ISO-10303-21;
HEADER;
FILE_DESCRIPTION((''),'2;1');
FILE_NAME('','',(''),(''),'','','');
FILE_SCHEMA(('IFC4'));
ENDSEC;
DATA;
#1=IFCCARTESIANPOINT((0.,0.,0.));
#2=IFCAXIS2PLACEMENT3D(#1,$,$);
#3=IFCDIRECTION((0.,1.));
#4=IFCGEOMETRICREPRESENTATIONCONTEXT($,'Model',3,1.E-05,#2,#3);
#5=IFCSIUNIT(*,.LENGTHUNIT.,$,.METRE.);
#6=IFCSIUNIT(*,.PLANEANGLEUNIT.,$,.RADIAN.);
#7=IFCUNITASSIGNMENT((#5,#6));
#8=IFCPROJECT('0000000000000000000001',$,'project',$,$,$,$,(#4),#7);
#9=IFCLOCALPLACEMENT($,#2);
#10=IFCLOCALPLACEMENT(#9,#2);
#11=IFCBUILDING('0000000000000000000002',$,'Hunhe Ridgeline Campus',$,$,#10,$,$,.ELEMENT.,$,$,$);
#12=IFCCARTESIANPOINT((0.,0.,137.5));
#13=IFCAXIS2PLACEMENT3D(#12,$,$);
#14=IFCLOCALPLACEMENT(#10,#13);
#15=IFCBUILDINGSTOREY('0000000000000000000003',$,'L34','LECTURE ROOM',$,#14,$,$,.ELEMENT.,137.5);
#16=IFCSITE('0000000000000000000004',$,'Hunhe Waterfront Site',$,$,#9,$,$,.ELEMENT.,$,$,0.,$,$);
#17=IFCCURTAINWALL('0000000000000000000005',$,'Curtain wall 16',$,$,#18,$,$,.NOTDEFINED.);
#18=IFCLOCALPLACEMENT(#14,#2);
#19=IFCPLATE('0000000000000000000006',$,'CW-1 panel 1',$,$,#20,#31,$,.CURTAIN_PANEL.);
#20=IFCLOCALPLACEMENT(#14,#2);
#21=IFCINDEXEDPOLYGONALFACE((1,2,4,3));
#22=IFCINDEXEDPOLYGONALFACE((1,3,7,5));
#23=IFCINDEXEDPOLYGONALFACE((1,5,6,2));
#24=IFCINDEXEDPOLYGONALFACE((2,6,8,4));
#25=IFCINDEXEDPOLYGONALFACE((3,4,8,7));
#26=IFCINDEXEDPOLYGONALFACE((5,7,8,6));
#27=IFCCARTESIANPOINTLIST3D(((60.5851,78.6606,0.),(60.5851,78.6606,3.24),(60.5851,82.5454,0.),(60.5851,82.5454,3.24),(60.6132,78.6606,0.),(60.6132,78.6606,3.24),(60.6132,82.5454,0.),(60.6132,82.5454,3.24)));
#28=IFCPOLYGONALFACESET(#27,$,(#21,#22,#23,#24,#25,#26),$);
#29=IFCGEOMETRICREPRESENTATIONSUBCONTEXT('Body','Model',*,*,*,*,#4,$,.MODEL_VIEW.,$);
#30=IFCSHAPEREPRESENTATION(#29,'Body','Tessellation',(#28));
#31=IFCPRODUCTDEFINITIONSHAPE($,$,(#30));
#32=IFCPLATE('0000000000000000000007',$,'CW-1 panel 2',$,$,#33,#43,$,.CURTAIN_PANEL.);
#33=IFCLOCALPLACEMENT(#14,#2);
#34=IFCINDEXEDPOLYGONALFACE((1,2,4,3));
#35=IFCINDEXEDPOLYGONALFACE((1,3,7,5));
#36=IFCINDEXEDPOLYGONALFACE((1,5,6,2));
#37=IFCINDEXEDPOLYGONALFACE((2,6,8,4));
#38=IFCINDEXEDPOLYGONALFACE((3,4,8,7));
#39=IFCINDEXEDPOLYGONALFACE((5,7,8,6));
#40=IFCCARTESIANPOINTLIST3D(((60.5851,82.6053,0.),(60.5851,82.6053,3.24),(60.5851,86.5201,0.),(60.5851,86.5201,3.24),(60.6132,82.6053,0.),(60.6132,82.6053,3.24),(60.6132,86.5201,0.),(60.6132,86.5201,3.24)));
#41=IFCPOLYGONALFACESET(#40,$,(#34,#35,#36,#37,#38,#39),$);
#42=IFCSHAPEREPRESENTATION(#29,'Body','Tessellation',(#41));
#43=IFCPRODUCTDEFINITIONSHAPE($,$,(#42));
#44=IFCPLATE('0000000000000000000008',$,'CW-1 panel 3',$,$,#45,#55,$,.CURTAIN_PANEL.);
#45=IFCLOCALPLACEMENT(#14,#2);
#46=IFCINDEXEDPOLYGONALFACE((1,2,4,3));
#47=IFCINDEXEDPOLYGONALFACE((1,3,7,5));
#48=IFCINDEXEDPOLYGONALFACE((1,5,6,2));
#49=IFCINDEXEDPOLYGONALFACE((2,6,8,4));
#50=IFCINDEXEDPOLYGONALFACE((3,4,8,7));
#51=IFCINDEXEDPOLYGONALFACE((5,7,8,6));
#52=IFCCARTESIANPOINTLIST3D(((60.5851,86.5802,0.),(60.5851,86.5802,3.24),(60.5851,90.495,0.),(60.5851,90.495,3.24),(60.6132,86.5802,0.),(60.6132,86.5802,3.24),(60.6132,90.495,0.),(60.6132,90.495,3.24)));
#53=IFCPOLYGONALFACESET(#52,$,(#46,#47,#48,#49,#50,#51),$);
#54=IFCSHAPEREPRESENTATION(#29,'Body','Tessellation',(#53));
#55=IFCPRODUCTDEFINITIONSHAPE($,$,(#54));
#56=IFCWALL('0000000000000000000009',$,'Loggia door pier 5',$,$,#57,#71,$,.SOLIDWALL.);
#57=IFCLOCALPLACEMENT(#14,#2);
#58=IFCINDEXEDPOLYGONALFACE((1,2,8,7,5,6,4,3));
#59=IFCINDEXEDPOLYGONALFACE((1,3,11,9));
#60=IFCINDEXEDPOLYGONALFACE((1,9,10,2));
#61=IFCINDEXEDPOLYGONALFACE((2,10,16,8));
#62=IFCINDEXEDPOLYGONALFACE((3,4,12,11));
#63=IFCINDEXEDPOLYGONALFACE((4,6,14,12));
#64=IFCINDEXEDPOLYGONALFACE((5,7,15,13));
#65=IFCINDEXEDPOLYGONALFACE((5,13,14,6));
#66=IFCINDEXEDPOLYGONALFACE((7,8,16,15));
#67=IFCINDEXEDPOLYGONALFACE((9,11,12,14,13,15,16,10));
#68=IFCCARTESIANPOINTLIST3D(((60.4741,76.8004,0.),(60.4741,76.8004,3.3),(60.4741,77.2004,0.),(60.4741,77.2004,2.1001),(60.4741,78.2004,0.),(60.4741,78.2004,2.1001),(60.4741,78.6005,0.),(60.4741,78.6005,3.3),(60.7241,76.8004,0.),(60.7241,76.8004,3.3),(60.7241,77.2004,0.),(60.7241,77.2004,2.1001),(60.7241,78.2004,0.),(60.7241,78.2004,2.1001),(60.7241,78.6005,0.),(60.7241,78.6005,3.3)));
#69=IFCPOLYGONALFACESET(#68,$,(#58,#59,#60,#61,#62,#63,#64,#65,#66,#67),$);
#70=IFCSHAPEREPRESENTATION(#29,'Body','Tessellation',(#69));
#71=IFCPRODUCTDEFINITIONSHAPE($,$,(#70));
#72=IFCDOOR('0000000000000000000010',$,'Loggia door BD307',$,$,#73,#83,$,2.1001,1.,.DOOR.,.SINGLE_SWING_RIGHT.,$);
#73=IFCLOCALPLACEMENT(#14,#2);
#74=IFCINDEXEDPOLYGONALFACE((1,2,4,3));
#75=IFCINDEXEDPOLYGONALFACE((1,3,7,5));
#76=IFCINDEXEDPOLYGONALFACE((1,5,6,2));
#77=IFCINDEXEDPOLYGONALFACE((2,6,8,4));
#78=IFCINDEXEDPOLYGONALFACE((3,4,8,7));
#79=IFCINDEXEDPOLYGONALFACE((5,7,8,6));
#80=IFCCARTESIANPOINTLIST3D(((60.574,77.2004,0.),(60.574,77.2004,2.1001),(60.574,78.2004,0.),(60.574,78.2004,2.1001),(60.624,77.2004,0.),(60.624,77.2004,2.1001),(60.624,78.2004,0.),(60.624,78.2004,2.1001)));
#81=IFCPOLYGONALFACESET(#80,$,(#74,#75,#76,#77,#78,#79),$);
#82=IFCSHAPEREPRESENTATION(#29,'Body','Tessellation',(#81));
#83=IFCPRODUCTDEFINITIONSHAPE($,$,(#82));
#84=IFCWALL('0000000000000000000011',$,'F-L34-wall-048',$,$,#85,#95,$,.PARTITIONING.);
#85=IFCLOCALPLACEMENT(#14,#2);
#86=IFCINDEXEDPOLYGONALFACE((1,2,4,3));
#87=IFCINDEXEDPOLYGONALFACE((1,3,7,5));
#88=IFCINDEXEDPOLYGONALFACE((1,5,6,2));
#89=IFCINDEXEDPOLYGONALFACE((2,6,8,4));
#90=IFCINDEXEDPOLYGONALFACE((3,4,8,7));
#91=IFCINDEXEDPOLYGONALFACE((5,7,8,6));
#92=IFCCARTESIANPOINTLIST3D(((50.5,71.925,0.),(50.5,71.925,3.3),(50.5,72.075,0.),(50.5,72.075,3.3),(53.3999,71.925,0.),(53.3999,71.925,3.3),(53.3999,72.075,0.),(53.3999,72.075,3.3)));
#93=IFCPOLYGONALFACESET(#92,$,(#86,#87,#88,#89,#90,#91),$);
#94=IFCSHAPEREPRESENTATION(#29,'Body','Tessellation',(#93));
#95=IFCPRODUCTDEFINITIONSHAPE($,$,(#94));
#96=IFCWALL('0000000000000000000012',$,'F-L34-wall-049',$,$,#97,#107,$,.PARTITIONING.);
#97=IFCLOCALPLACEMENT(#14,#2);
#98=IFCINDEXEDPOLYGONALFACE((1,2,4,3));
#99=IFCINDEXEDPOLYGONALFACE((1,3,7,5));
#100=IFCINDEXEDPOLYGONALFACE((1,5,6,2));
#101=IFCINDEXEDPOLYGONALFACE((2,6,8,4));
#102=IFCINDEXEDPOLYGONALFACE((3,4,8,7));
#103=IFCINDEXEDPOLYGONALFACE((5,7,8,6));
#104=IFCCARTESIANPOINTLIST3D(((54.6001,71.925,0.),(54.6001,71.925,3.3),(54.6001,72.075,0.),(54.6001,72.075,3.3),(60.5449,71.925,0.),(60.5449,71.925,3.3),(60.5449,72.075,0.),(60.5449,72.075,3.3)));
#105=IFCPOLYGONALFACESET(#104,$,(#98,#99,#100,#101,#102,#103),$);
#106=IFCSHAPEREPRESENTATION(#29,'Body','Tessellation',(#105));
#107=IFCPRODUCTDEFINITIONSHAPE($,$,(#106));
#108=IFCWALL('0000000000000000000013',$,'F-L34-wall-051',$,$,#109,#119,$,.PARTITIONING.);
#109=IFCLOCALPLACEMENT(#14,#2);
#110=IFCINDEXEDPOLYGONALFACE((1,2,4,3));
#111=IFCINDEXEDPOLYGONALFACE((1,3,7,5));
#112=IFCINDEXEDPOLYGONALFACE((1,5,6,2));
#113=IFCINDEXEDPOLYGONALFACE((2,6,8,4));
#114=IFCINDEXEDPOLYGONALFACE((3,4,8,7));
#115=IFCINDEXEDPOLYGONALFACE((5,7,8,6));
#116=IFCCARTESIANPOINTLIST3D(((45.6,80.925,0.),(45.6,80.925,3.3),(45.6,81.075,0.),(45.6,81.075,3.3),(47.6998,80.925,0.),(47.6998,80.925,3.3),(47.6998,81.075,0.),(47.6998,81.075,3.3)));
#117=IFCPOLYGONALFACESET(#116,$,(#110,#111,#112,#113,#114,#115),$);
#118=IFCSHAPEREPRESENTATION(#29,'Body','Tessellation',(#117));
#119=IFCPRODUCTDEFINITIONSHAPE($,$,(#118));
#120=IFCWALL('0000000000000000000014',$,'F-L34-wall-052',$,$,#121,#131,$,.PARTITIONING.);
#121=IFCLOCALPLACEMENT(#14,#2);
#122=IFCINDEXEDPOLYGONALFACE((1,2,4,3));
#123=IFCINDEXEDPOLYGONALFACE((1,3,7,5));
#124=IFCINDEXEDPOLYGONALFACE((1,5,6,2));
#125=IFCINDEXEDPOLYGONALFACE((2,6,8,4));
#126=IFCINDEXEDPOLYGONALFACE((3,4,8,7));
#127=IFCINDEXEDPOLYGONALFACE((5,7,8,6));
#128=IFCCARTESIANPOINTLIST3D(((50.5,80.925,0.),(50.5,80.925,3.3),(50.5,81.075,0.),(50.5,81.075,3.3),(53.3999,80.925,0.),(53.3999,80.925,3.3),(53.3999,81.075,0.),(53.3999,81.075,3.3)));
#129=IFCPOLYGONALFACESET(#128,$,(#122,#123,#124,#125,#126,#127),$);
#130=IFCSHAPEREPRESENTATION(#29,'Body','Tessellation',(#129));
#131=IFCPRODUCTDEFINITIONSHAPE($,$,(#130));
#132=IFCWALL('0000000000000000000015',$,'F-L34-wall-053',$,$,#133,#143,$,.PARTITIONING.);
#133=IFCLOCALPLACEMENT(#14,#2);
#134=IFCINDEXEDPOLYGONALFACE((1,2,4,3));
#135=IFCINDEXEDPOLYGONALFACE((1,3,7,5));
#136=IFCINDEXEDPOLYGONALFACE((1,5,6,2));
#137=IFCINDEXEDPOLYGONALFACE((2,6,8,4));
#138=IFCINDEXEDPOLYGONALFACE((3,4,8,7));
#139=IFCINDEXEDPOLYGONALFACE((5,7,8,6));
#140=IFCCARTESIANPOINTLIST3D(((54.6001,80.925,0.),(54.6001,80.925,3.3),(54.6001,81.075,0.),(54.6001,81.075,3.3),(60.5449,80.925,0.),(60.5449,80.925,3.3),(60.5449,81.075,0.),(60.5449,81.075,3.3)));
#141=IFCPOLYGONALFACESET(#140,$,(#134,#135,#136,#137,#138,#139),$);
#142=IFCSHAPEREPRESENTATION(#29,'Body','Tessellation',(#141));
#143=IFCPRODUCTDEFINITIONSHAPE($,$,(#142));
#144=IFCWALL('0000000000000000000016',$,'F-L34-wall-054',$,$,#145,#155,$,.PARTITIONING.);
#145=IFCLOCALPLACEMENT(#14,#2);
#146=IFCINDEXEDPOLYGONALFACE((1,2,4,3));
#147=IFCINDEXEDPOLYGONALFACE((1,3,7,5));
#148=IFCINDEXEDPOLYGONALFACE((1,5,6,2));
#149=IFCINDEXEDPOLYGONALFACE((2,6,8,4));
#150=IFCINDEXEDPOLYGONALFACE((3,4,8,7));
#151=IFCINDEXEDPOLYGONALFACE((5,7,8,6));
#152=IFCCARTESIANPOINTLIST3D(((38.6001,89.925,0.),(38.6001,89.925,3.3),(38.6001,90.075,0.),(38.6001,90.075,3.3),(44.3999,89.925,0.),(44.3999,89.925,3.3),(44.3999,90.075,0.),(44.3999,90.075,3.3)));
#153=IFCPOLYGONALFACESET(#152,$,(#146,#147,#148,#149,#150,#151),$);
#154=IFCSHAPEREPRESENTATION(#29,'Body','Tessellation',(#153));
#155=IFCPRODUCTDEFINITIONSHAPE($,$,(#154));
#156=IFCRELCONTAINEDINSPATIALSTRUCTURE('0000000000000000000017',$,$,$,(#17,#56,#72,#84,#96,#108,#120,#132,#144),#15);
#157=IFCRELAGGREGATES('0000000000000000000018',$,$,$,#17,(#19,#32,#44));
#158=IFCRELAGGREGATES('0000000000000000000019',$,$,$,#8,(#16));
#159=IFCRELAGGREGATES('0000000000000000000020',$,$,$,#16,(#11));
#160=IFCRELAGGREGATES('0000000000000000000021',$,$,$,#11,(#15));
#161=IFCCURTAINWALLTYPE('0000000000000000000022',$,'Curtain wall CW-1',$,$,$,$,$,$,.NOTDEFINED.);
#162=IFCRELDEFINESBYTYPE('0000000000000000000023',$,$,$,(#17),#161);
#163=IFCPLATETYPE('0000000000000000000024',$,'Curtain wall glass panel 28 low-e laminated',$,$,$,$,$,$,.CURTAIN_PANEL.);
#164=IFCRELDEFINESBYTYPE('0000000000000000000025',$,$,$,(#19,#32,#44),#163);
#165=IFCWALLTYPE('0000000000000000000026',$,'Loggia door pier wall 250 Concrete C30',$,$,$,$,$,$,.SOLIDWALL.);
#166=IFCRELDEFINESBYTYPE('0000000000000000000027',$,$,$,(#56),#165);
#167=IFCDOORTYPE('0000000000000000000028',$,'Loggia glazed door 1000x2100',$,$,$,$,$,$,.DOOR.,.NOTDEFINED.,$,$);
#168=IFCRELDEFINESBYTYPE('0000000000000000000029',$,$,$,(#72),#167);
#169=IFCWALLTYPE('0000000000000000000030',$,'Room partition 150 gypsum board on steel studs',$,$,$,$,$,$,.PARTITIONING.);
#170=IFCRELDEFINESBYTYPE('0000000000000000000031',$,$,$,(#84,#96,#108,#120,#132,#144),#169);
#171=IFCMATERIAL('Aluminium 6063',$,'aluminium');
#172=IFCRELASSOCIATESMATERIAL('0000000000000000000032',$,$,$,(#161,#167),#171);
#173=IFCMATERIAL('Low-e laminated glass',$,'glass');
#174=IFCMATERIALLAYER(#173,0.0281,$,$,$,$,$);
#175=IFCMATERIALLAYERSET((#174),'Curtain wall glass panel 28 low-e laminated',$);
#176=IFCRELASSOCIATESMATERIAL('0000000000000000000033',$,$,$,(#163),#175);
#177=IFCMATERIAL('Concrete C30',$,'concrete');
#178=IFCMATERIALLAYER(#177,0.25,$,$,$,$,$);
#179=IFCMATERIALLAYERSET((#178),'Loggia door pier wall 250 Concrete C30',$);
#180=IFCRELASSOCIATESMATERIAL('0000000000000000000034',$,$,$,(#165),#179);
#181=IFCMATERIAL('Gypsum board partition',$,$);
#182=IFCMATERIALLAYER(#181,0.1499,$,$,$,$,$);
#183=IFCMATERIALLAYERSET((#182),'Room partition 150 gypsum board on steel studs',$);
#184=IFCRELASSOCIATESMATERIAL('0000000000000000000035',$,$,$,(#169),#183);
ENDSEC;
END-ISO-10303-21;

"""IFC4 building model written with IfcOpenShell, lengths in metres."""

from ifc_helpers import new_model, si_unit, direction, frame, frame_2d, origin, origin_2d, place, context, subcontext, project, spatial, rectangle, extrude, material, layer, layer_set, type_object, element, fill, aggregate, save


model = new_model("IFC4")

# Units and contexts
model_context = context("Model", 3, precision=1e-05, world=origin(), true_north=direction((0.0, 1.0)))
body_context = subcontext(model_context, "Body", "Model", "MODEL_VIEW")
ifc_project = project(units=[si_unit("LENGTHUNIT", "METRE"), si_unit("PLANEANGLEUNIT", "RADIAN")], contexts=[model_context])

# Site, building, storey
site_placement = place(None, origin())
site = spatial("IfcSite", under=ifc_project, at=site_placement, Name="Hunhe Waterfront Site", CompositionType="ELEMENT", RefElevation=0.0)
building_placement = place(site_placement, origin())
building = spatial("IfcBuilding", under=site, at=building_placement, Name="Hunhe Ridgeline Campus", CompositionType="ELEMENT")
storey_placement = place(building_placement, frame((0.0, 0.0, 137.5)))
storey = spatial("IfcBuildingStorey", under=building, at=storey_placement, Name="L34", Description="LECTURE ROOM", CompositionType="ELEMENT", Elevation=137.5)

# Curtain wall
ifc_material_1 = material(Name="Aluminium 6063", Category="aluminium")
curtain_wall_type = type_object("IfcCurtainWallType", Name="Curtain wall CW-1", PredefinedType="NOTDEFINED", material=ifc_material_1)
curtain_wall_1_placement = place(storey_placement, origin())
curtain_wall_1 = element("IfcCurtainWall", 1, at=curtain_wall_1_placement, inside=storey, type_object=curtain_wall_type, Name="Curtain wall 16", PredefinedType="NOTDEFINED")

# Plates
ifc_material_2 = material(Name="Low-e laminated glass", Category="glass")
ifc_layer_1 = layer(ifc_material_2, 0.0281)
ifc_layer_set_1 = layer_set([ifc_layer_1], Name="Curtain wall glass panel 28 low-e laminated")
plate_type = type_object("IfcPlateType", Name="Curtain wall glass panel 28 low-e laminated", PredefinedType="CURTAIN_PANEL", material=ifc_layer_set_1)
plate_1_placement = place(storey_placement, frame((60.5991, 80.603, 0.0), z_axis=(0.0, 0.0, 1.0), x_axis=(0.0, 1.0, 0.0)))
plate_1 = element("IfcPlate", 2, at=plate_1_placement, type_object=plate_type, Name="CW-1 panel 1", PredefinedType="CURTAIN_PANEL", context=body_context, shape_type="SweptSolid", body=[
    extrude(rectangle(XDim=3.8848, YDim=0.0281, at=origin_2d()), origin(), (0.0, 0.0, 1.0), 3.24),
])
plate_2_placement = place(storey_placement, frame((60.5991, 84.5627, 0.0), z_axis=(0.0, 0.0, 1.0), x_axis=(0.0, 1.0, 0.0)))
plate_2 = element("IfcPlate", 3, at=plate_2_placement, type_object=plate_type, Name="CW-1 panel 2", PredefinedType="CURTAIN_PANEL", context=body_context, shape_type="SweptSolid", body=[
    extrude(rectangle(XDim=3.9148, YDim=0.0281, at=origin_2d()), origin(), (0.0, 0.0, 1.0), 3.24),
])
plate_3_placement = place(storey_placement, frame((60.5991, 88.5376, 0.0), z_axis=(0.0, 0.0, 1.0), x_axis=(0.0, 1.0, 0.0)))
plate_3 = element("IfcPlate", 4, at=plate_3_placement, type_object=plate_type, Name="CW-1 panel 3", PredefinedType="CURTAIN_PANEL", context=body_context, shape_type="SweptSolid", body=[
    extrude(rectangle(XDim=3.9148, YDim=0.0281, at=origin_2d()), origin(), (0.0, 0.0, 1.0), 3.24),
])
aggregate(curtain_wall_1, [plate_1, plate_2, plate_3])

# Wall, opening, door
ifc_material_3 = material(Name="Concrete C30", Category="concrete")
ifc_layer_2 = layer(ifc_material_3, 0.25)
ifc_layer_set_2 = layer_set([ifc_layer_2], Name="Loggia door pier wall 250 Concrete C30")
wall_type_1 = type_object("IfcWallType", Name="Loggia door pier wall 250 Concrete C30", PredefinedType="SOLIDWALL", material=ifc_layer_set_2)
wall_1_placement = place(storey_placement, frame((60.5991, 76.8005, 0.0), z_axis=(0.0, 0.0, 1.0), x_axis=(0.0, 1.0, 0.0)))
wall_1 = element("IfcWall", 5, at=wall_1_placement, inside=storey, type_object=wall_type_1, Name="Loggia door pier 5", PredefinedType="SOLIDWALL", context=body_context, shape_type="SweptSolid", body=[
    extrude(rectangle(XDim=1.8, YDim=0.25, at=frame_2d((0.8999, 0.0))), origin(), (0.0, 0.0, 1.0), 3.3),
])
opening_placement = place(wall_1_placement, frame((0.3999, 0.0, 0.0)))
opening = element("IfcOpeningElement", 6, at=opening_placement, cuts=wall_1, PredefinedType="OPENING", context=body_context, shape_type="SweptSolid", body=[
    extrude(rectangle(XDim=1.0, YDim=2.1001, at=frame_2d((0.5, 1.05))), frame((0.0, 0.125, 0.0), z_axis=(0.0, -1.0, 0.0), x_axis=(1.0, 0.0, 0.0)), (0.0, 0.0, 1.0), 0.25),
])
door_type = type_object("IfcDoorType", Name="Loggia glazed door 1000x2100", OperationType="NOTDEFINED", PredefinedType="DOOR", material=ifc_material_1)
door_placement = place(opening_placement, frame((1.0, 0.0, 0.0), z_axis=(0.0, 0.0, 1.0), x_axis=(-1.0, 0.0, 0.0)))
door = element("IfcDoor", 7, at=door_placement, inside=storey, type_object=door_type, Name="Loggia door BD307", OperationType="SINGLE_SWING_RIGHT", OverallHeight=2.1001, OverallWidth=1.0, PredefinedType="DOOR", context=body_context, shape_type="SweptSolid", body=[
    extrude(rectangle(XDim=1.0, YDim=2.1001, at=frame_2d((0.5, 1.05))), frame((0.0, 0.0249, 0.0), z_axis=(0.0, -1.0, 0.0), x_axis=(1.0, 0.0, 0.0)), (0.0, 0.0, 1.0), 0.05),
])
fill(opening, door)

# Walls
ifc_material_4 = material(Name="Gypsum board partition")
ifc_layer_3 = layer(ifc_material_4, 0.1499)
ifc_layer_set_3 = layer_set([ifc_layer_3], Name="Room partition 150 gypsum board on steel studs")
wall_type_2 = type_object("IfcWallType", Name="Room partition 150 gypsum board on steel studs", PredefinedType="PARTITIONING", material=ifc_layer_set_3)
wall_2_placement = place(storey_placement, frame((50.5, 72.0, 0.0), z_axis=(0.0, 0.0, 1.0), x_axis=(1.0, 0.0, 0.0)))
element("IfcWall", 8, at=wall_2_placement, inside=storey, type_object=wall_type_2, Name="F-L34-wall-048", PredefinedType="PARTITIONING", context=body_context, shape_type="SweptSolid", body=[
    extrude(rectangle(XDim=2.8999, YDim=0.1499, at=frame_2d((1.45, 0.0))), origin(), (0.0, 0.0, 1.0), 3.3),
])
wall_3_placement = place(storey_placement, frame((54.6001, 72.0, 0.0), z_axis=(0.0, 0.0, 1.0), x_axis=(1.0, 0.0, 0.0)))
element("IfcWall", 9, at=wall_3_placement, inside=storey, type_object=wall_type_2, Name="F-L34-wall-049", PredefinedType="PARTITIONING", context=body_context, shape_type="SweptSolid", body=[
    extrude(rectangle(XDim=5.9448, YDim=0.1499, at=frame_2d((2.9724, 0.0))), origin(), (0.0, 0.0, 1.0), 3.3),
])
wall_4_placement = place(storey_placement, frame((45.6001, 81.0, 0.0), z_axis=(0.0, 0.0, 1.0), x_axis=(1.0, 0.0, 0.0)))
element("IfcWall", 10, at=wall_4_placement, inside=storey, type_object=wall_type_2, Name="F-L34-wall-051", PredefinedType="PARTITIONING", context=body_context, shape_type="SweptSolid", body=[
    extrude(rectangle(XDim=2.0999, YDim=0.1499, at=frame_2d((1.0498, 0.0))), origin(), (0.0, 0.0, 1.0), 3.3),
])
wall_5_placement = place(storey_placement, frame((50.5, 81.0, 0.0), z_axis=(0.0, 0.0, 1.0), x_axis=(1.0, 0.0, 0.0)))
element("IfcWall", 11, at=wall_5_placement, inside=storey, type_object=wall_type_2, Name="F-L34-wall-052", PredefinedType="PARTITIONING", context=body_context, shape_type="SweptSolid", body=[
    extrude(rectangle(XDim=2.8999, YDim=0.1499, at=frame_2d((1.45, 0.0))), origin(), (0.0, 0.0, 1.0), 3.3),
])
wall_6_placement = place(storey_placement, frame((54.6001, 81.0, 0.0), z_axis=(0.0, 0.0, 1.0), x_axis=(1.0, 0.0, 0.0)))
element("IfcWall", 12, at=wall_6_placement, inside=storey, type_object=wall_type_2, Name="F-L34-wall-053", PredefinedType="PARTITIONING", context=body_context, shape_type="SweptSolid", body=[
    extrude(rectangle(XDim=5.9448, YDim=0.1499, at=frame_2d((2.9724, 0.0))), origin(), (0.0, 0.0, 1.0), 3.3),
])
wall_7_placement = place(storey_placement, frame((38.6001, 90.0, 0.0), z_axis=(0.0, 0.0, 1.0), x_axis=(1.0, 0.0, 0.0)))
element("IfcWall", 13, at=wall_7_placement, inside=storey, type_object=wall_type_2, Name="F-L34-wall-054", PredefinedType="PARTITIONING", context=body_context, shape_type="SweptSolid", body=[
    extrude(rectangle(XDim=5.7998, YDim=0.1499, at=frame_2d((2.8999, 0.0))), origin(), (0.0, 0.0, 1.0), 3.3),
])

save(model, "model.ifc")
